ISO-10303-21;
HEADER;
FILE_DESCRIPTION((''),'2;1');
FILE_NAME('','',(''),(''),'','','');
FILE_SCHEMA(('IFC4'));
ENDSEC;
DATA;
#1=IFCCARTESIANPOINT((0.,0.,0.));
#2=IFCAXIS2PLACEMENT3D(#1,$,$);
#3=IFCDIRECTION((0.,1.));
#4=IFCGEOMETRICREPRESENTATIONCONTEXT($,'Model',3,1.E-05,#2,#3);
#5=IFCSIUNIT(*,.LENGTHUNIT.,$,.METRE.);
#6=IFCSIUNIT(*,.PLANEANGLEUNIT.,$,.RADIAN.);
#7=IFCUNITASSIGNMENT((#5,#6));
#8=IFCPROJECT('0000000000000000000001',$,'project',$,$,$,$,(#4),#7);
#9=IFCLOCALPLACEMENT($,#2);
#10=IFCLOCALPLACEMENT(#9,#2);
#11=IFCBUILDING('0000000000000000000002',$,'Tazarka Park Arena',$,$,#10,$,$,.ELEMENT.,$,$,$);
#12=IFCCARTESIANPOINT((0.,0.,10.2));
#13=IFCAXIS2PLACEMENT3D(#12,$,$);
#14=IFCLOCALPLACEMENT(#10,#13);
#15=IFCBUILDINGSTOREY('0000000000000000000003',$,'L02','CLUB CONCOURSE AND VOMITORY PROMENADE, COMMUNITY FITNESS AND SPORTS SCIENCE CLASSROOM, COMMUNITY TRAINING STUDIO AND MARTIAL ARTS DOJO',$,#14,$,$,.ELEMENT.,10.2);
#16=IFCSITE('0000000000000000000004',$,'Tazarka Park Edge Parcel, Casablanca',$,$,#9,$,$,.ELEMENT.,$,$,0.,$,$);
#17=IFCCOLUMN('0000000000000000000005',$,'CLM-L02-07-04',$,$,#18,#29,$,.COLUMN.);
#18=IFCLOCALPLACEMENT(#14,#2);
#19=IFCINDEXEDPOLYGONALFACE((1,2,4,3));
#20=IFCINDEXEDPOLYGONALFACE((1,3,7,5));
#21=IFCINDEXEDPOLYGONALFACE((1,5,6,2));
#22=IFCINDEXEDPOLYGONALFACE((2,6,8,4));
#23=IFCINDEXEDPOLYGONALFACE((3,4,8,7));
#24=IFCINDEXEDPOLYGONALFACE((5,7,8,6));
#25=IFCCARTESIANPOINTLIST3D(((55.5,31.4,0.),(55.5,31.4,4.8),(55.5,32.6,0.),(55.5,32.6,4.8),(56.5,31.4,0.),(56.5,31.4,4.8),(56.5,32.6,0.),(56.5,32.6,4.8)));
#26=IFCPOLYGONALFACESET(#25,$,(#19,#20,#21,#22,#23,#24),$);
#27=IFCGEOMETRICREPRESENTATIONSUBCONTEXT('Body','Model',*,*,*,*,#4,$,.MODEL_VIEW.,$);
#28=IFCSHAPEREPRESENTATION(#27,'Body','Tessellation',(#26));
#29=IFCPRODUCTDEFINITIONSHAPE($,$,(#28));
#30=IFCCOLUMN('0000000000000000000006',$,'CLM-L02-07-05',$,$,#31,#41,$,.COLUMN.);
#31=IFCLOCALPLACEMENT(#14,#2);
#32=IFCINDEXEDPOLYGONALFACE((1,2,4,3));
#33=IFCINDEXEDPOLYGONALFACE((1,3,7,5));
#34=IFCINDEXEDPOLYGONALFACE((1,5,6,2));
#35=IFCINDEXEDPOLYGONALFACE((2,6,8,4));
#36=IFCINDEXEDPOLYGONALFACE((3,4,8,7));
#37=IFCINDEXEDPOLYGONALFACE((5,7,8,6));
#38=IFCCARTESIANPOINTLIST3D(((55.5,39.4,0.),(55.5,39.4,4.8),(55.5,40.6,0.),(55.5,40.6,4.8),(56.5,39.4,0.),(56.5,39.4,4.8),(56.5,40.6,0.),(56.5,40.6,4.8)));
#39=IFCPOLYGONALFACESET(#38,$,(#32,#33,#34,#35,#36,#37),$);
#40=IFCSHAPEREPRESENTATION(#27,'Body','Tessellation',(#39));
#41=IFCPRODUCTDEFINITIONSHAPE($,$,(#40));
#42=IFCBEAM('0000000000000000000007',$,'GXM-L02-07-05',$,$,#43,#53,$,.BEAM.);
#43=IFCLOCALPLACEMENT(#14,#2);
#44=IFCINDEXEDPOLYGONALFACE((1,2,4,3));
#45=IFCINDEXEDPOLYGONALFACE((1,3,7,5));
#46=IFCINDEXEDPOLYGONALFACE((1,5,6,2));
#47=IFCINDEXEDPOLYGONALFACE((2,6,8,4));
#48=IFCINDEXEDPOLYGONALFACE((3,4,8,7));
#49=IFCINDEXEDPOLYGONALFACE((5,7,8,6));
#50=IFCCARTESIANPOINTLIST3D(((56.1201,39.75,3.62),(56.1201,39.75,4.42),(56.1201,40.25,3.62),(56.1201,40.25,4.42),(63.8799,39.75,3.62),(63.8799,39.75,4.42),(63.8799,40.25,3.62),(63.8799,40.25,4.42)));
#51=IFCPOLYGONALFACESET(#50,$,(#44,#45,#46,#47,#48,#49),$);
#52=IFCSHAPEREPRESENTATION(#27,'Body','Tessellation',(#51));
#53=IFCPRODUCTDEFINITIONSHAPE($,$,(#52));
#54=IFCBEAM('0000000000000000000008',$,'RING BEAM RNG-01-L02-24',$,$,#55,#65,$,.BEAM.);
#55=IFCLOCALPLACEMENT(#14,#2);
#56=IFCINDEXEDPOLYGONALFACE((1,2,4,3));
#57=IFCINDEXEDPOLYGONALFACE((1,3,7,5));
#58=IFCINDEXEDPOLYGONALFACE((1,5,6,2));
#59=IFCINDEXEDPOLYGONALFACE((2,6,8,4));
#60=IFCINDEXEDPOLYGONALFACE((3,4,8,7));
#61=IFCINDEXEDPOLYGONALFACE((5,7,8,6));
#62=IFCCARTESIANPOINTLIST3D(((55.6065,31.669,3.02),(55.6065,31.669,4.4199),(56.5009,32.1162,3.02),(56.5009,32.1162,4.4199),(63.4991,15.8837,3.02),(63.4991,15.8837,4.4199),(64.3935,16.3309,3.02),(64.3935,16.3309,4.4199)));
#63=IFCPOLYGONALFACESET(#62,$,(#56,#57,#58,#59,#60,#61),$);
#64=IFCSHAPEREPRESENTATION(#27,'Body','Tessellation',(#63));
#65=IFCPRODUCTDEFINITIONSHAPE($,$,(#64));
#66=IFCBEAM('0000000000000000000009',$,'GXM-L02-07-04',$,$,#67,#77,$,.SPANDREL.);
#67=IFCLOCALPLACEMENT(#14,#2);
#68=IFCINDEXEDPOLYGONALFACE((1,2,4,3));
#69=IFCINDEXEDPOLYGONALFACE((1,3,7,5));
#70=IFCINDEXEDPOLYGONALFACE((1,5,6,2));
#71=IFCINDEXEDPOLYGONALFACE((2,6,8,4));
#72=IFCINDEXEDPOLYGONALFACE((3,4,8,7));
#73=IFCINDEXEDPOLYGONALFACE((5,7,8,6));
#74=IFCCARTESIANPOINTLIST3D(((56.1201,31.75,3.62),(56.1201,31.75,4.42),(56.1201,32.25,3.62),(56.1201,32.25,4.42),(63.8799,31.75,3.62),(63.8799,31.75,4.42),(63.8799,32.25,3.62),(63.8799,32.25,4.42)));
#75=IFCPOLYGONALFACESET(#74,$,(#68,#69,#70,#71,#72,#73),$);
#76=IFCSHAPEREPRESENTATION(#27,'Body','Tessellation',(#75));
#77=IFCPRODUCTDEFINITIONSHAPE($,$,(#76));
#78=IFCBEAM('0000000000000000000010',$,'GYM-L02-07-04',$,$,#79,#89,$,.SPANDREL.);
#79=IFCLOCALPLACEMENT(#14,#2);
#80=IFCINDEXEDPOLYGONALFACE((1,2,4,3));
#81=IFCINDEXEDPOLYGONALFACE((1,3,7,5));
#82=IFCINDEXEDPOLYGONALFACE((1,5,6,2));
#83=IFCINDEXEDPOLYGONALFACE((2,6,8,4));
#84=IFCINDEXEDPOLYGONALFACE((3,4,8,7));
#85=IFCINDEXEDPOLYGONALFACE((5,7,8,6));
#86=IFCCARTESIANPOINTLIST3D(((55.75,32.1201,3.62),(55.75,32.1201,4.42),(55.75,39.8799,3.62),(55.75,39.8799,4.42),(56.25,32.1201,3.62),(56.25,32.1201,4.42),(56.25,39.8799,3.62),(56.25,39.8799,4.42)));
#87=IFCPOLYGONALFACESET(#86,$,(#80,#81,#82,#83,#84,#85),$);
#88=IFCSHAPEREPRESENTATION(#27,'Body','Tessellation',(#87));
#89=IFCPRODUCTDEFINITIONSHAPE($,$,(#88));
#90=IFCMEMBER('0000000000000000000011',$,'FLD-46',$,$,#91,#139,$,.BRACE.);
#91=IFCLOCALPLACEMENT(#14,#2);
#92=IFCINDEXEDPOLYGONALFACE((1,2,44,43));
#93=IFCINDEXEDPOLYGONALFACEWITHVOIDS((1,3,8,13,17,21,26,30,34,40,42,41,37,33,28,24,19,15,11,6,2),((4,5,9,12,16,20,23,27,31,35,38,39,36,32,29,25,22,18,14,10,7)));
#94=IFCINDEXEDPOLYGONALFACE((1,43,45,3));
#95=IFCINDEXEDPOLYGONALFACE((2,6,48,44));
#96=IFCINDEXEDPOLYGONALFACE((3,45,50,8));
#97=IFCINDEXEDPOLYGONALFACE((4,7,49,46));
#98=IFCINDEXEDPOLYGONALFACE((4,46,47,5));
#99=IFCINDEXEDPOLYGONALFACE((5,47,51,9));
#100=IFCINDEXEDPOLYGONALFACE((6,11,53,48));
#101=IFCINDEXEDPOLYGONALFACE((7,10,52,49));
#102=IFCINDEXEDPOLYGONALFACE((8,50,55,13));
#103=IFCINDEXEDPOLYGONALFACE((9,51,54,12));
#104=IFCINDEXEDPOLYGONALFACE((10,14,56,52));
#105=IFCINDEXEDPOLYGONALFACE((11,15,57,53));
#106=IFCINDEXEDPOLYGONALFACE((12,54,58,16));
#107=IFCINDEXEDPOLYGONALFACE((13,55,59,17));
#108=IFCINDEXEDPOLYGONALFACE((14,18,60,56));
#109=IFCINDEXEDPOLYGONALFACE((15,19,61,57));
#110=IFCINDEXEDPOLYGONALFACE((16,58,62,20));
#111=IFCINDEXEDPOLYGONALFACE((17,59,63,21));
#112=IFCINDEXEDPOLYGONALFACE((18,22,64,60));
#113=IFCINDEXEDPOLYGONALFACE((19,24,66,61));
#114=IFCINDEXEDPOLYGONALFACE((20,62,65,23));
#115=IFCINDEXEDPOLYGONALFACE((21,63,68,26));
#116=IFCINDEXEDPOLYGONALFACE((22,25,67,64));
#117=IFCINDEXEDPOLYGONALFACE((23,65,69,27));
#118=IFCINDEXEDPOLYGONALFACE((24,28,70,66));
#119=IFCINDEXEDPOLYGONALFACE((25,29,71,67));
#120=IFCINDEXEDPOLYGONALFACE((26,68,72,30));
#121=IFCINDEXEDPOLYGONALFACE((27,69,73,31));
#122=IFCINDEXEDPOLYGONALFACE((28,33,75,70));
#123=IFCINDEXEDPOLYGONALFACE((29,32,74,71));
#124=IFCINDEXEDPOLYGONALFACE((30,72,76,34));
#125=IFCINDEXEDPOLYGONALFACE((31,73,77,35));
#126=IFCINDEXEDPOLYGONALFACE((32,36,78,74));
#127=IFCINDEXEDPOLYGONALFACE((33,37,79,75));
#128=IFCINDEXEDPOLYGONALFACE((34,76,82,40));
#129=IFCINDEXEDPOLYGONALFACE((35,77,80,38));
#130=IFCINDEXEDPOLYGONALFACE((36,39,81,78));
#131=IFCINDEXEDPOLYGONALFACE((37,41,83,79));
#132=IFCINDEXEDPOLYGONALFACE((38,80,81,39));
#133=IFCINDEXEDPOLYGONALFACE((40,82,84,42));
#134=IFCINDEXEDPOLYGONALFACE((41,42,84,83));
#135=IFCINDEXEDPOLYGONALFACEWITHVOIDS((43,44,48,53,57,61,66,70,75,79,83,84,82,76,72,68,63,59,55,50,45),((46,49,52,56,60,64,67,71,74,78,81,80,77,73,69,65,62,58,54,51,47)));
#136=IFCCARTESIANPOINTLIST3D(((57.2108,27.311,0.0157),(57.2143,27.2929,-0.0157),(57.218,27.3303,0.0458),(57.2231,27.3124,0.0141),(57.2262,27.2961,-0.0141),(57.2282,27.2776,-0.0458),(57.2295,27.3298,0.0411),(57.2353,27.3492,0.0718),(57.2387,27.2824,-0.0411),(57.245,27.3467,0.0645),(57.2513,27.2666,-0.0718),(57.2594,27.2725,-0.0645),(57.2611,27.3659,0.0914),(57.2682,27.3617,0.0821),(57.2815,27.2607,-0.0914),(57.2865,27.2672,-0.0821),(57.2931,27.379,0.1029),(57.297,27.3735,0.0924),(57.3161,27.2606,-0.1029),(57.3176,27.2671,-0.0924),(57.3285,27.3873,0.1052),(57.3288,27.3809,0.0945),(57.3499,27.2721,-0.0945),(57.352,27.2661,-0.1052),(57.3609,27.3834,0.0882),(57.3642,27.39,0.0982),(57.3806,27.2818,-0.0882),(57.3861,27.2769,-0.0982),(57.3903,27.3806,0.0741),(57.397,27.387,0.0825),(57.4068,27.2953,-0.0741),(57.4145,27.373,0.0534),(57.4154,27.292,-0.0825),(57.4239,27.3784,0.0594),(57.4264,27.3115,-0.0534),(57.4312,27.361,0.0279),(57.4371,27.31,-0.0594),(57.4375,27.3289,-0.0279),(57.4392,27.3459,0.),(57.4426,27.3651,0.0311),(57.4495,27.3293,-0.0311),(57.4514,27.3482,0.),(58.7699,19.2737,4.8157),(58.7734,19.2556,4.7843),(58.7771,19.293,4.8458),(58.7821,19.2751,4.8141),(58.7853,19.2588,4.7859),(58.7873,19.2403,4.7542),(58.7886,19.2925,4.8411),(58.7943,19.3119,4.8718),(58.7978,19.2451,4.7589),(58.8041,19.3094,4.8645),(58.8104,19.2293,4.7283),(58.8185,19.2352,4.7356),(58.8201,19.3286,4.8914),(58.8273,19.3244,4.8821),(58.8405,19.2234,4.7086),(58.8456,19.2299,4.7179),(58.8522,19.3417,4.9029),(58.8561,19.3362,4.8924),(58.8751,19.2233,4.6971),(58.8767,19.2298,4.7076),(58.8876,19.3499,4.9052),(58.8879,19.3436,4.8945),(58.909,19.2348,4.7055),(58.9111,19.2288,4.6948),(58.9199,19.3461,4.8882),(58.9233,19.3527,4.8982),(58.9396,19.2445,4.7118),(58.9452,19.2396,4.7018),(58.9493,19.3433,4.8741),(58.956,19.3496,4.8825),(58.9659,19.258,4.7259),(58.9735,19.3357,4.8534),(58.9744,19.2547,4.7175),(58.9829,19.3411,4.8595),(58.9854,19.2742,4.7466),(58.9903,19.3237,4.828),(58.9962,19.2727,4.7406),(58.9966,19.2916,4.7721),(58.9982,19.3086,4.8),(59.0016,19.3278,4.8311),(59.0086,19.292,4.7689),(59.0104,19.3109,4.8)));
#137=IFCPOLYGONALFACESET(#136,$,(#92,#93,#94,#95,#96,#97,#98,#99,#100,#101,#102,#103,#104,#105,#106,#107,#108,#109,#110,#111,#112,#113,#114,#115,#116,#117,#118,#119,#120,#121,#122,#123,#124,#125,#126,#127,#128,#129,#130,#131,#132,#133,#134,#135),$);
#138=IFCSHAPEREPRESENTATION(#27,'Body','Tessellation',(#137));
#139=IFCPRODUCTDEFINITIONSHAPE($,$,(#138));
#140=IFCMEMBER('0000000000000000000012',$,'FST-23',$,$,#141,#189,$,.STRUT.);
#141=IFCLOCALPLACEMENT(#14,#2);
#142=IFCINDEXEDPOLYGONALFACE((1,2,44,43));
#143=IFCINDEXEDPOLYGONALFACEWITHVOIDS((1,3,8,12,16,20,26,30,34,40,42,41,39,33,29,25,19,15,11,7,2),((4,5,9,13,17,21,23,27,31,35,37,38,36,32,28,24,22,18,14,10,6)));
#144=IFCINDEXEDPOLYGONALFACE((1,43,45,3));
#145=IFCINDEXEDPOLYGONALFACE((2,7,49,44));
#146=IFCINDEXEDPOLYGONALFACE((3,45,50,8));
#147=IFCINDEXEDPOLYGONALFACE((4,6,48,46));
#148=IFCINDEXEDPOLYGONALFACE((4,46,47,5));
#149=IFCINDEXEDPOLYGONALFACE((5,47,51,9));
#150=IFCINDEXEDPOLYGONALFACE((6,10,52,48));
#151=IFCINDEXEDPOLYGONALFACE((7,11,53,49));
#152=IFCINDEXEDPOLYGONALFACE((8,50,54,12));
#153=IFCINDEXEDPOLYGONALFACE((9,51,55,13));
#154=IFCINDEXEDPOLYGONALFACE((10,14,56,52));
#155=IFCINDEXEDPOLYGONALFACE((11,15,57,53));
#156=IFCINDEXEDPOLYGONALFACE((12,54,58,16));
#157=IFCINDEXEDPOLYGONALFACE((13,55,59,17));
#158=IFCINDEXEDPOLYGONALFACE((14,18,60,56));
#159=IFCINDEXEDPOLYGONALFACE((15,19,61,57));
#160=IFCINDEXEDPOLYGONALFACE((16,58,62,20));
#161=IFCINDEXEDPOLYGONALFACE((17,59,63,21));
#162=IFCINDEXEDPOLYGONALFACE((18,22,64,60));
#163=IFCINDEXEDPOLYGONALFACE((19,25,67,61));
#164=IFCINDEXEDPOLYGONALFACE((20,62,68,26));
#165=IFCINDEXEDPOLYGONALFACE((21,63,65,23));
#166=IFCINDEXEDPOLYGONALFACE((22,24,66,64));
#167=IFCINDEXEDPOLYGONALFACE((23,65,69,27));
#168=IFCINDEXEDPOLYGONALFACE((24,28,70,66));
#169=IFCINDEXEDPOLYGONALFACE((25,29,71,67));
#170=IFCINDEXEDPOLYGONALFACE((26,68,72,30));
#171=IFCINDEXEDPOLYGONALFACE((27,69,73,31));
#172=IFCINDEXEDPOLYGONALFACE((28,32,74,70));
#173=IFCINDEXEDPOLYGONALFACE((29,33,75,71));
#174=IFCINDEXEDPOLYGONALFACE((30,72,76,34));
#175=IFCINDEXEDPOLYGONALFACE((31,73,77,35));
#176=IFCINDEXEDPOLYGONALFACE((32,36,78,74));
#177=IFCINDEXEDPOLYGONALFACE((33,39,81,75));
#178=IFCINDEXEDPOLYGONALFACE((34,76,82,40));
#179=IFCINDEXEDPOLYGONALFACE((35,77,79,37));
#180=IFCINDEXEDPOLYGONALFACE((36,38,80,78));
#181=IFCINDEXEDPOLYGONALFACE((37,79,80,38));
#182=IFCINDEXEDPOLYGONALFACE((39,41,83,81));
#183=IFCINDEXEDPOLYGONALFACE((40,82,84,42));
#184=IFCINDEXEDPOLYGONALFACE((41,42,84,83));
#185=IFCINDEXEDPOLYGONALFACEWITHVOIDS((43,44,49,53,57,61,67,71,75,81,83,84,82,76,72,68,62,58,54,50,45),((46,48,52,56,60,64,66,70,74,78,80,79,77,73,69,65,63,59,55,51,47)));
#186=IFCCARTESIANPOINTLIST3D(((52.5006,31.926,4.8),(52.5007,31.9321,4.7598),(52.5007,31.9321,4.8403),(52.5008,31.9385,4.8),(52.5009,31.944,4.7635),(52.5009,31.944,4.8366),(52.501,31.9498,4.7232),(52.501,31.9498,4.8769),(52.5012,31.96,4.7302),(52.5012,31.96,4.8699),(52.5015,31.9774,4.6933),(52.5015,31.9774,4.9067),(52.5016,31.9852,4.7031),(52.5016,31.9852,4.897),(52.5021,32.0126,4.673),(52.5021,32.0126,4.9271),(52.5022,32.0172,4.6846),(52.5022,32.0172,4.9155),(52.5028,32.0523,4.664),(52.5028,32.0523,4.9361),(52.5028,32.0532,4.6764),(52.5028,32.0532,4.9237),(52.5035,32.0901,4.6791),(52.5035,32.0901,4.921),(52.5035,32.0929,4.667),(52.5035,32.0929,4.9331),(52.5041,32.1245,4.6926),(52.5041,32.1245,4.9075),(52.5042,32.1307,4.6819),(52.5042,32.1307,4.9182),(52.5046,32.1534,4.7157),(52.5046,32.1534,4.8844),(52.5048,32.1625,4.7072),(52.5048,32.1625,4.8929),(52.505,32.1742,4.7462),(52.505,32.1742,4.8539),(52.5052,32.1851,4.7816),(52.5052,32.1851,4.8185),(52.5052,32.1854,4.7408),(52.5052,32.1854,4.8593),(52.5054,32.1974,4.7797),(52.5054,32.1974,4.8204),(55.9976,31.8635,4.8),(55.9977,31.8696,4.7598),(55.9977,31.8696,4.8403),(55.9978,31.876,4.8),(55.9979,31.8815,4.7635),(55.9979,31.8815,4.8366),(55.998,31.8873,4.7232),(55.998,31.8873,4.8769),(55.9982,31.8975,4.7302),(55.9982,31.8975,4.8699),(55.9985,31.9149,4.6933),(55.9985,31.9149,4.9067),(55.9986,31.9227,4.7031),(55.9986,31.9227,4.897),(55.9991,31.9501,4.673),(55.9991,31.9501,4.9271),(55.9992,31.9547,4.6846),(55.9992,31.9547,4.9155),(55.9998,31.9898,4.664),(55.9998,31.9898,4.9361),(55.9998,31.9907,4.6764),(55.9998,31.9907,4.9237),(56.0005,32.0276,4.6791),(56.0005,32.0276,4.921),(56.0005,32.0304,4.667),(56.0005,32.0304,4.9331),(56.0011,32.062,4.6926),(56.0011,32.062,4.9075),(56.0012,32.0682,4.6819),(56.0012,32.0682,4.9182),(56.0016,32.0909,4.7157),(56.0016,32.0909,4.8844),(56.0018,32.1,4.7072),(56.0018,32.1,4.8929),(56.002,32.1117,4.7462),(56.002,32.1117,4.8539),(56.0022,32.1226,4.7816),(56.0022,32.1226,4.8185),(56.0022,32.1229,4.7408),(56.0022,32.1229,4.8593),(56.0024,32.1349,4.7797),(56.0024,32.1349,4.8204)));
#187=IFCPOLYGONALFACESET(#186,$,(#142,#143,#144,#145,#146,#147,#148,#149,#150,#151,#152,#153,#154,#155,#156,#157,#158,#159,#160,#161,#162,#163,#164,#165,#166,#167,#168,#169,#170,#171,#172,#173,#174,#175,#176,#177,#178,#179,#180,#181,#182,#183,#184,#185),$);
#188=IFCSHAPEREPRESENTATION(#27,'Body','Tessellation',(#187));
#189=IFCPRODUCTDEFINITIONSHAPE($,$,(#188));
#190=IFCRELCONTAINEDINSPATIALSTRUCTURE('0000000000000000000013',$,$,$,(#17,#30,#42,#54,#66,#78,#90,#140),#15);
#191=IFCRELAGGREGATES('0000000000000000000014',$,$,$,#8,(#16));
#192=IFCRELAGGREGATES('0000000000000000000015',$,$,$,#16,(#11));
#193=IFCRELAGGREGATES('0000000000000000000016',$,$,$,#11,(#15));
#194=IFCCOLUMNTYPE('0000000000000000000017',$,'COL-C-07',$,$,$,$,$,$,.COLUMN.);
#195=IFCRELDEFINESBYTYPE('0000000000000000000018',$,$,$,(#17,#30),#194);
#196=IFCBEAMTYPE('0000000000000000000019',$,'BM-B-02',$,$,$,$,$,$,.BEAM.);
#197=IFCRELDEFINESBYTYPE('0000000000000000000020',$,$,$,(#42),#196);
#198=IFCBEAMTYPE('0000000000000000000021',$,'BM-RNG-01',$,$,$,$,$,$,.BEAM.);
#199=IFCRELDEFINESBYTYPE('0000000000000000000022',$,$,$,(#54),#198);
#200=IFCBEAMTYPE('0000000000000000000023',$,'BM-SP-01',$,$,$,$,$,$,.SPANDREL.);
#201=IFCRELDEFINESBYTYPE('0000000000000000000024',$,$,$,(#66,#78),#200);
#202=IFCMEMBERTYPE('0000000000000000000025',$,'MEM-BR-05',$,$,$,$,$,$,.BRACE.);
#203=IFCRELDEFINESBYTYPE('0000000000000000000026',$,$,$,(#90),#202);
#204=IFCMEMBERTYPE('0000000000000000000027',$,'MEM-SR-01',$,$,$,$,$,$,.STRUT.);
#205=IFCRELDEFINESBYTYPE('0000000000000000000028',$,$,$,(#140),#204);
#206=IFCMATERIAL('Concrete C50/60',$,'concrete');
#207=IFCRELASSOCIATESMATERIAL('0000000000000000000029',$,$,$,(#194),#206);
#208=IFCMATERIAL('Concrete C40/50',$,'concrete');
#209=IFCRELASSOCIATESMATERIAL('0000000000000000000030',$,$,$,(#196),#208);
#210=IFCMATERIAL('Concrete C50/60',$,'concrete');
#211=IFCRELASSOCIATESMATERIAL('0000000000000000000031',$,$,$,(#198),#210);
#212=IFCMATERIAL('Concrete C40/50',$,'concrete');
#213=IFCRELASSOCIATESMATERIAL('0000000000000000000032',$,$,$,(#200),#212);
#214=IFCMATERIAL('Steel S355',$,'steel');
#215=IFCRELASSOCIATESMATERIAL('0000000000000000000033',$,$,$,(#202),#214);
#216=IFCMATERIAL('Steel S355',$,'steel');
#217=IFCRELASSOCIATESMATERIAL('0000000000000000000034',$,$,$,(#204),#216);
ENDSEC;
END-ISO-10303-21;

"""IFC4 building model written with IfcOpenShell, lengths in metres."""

from ifc_helpers import new_model, si_unit, direction, frame, origin, origin_2d, place, context, subcontext, project, spatial, rectangle, hollow_circle, extrude, material, material_profile, profile_set, type_object, element, save


model = new_model("IFC4")

# Units and contexts
model_context = context("Model", 3, precision=1e-05, world=origin(), true_north=direction((0.0, 1.0)))
body_context = subcontext(model_context, "Body", "Model", "MODEL_VIEW")
ifc_project = project(units=[si_unit("LENGTHUNIT", "METRE"), si_unit("PLANEANGLEUNIT", "RADIAN")], contexts=[model_context])

# Site, building, storey
site_placement = place(None, origin())
site = spatial("IfcSite", under=ifc_project, at=site_placement, Name="Tazarka Park Edge Parcel, Casablanca", CompositionType="ELEMENT", RefElevation=0.0)
building_placement = place(site_placement, origin())
building = spatial("IfcBuilding", under=site, at=building_placement, Name="Tazarka Park Arena", CompositionType="ELEMENT")
storey_placement = place(building_placement, frame((0.0, 0.0, 10.2)))
storey = spatial("IfcBuildingStorey", under=building, at=storey_placement, Name="L02", Description="CLUB CONCOURSE AND VOMITORY PROMENADE, COMMUNITY FITNESS AND SPORTS SCIENCE CLASSROOM, COMMUNITY TRAINING STUDIO AND MARTIAL ARTS DOJO", CompositionType="ELEMENT", Elevation=10.2)

# Columns
ifc_material_1 = material(Name="Concrete C50/60", Category="concrete")
ifc_material_profile_1 = material_profile(ifc_material_1, rectangle(XDim=1.0, YDim=1.2, at=origin_2d()), Name="Concrete C50/60")
ifc_profile_set_1 = profile_set([ifc_material_profile_1], Name="Concrete C50/60")
column_type = type_object("IfcColumnType", Name="COL-C-07", PredefinedType="COLUMN", material=ifc_profile_set_1)
for number, where, z_axis, x_axis, name in (
    (1, (56.0, 32.0, 0.0), (0.0, 0.0, 1.0), (1.0, 0.0, 0.0), "CLM-L02-07-04"),
    (2, (56.0, 40.0, 0.0), (0.0, 0.0, 1.0), (1.0, 0.0, 0.0), "CLM-L02-07-05"),
):
    element("IfcColumn", number, at=place(storey_placement, frame(where, z_axis=z_axis, x_axis=x_axis)), inside=storey, type_object=column_type, Name=name, PredefinedType="COLUMN", context=body_context, shape_type="SweptSolid", body=[
        extrude(rectangle(XDim=1.0, YDim=1.2, at=origin_2d()), origin(), (0.0, 0.0, 1.0), 4.8),
    ])

# Beams
ifc_material_2 = material(Name="Concrete C40/50", Category="concrete")
ifc_material_profile_2 = material_profile(ifc_material_2, rectangle(XDim=0.5, YDim=0.8, at=origin_2d()), Name="Concrete C40/50")
ifc_profile_set_2 = profile_set([ifc_material_profile_2], Name="Concrete C40/50")
beam_type_1 = type_object("IfcBeamType", Name="BM-B-02", PredefinedType="BEAM", material=ifc_profile_set_2)
beam_1_placement = place(storey_placement, frame((56.1201, 40.0, 4.02), z_axis=(1.0, 0.0, 0.0), x_axis=(0.0, 1.0, 0.0)))
element("IfcBeam", 3, at=beam_1_placement, inside=storey, type_object=beam_type_1, Name="GXM-L02-07-05", PredefinedType="BEAM", context=body_context, shape_type="SweptSolid", body=[
    extrude(rectangle(XDim=0.5, YDim=0.8, at=origin_2d()), origin(), (0.0, 0.0, 1.0), 7.7598),
])
ifc_material_3 = material(Name="Concrete C50/60", Category="concrete")
ifc_material_profile_3 = material_profile(ifc_material_3, rectangle(XDim=1.0, YDim=1.3999, at=origin_2d()), Name="Concrete C50/60")
ifc_profile_set_3 = profile_set([ifc_material_profile_3], Name="Concrete C50/60")
beam_type_2 = type_object("IfcBeamType", Name="BM-RNG-01", PredefinedType="BEAM", material=ifc_profile_set_3)
beam_2_placement = place(storey_placement, frame((56.0537, 31.8926, 3.72), z_axis=(0.447214, -0.894427, 0.0), x_axis=(0.894427, 0.447214, 0.0)))
element("IfcBeam", 4, at=beam_2_placement, inside=storey, type_object=beam_type_2, Name="RING BEAM RNG-01-L02-24", PredefinedType="BEAM", context=body_context, shape_type="SweptSolid", body=[
    extrude(rectangle(XDim=1.0, YDim=1.3999, at=origin_2d()), origin(), (0.0, 0.0, 1.0), 17.6484),
])
ifc_material_4 = material(Name="Concrete C40/50", Category="concrete")
ifc_material_profile_4 = material_profile(ifc_material_4, rectangle(XDim=0.5, YDim=0.8, at=origin_2d()), Name="Concrete C40/50")
ifc_profile_set_4 = profile_set([ifc_material_profile_4], Name="Concrete C40/50")
beam_type_3 = type_object("IfcBeamType", Name="BM-SP-01", PredefinedType="SPANDREL", material=ifc_profile_set_4)
for number, where, z_axis, x_axis, name in (
    (5, (56.1201, 32.0, 4.02), (1.0, 0.0, 0.0), (0.0, 1.0, 0.0), "GXM-L02-07-04"),
    (6, (56.0, 32.1201, 4.02), (0.0, 1.0, 0.0), (-1.0, 0.0, 0.0), "GYM-L02-07-04"),
):
    element("IfcBeam", number, at=place(storey_placement, frame(where, z_axis=z_axis, x_axis=x_axis)), inside=storey, type_object=beam_type_3, Name=name, PredefinedType="SPANDREL", context=body_context, shape_type="SweptSolid", body=[
        extrude(rectangle(XDim=0.5, YDim=0.8, at=origin_2d()), origin(), (0.0, 0.0, 1.0), 7.7598),
    ])

# Members
ifc_material_5 = material(Name="Steel S355", Category="steel")
ifc_material_profile_5 = material_profile(ifc_material_5, hollow_circle(Radius=0.1223, WallThickness=0.0125, at=origin_2d()), Name="Steel S355")
ifc_profile_set_5 = profile_set([ifc_material_profile_5], Name="Steel S355")
member_type_1 = type_object("IfcMemberType", Name="MEM-BR-05", PredefinedType="BRACE", material=ifc_profile_set_5)
member_1_placement = place(storey_placement, frame((57.3313, 27.325, 0.0), z_axis=(0.164278, -0.846881, 0.505772), x_axis=(0.981701, 0.19043, 0.0)))
element("IfcMember", 7, at=member_1_placement, inside=storey, type_object=member_type_1, Name="FLD-46", PredefinedType="BRACE", context=body_context, shape_type="SweptSolid", body=[
    extrude(hollow_circle(Radius=0.1223, WallThickness=0.0125, at=origin_2d()), origin(), (0.0, 0.0, 1.0), 9.4905),
])
ifc_material_6 = material(Name="Steel S355", Category="steel")
ifc_material_profile_6 = material_profile(ifc_material_6, hollow_circle(Radius=0.1365, WallThickness=0.0125, at=origin_2d()), Name="Steel S355")
ifc_profile_set_6 = profile_set([ifc_material_profile_6], Name="Steel S355")
member_type_2 = type_object("IfcMemberType", Name="MEM-SR-01", PredefinedType="STRUT", material=ifc_profile_set_6)
member_2_placement = place(storey_placement, frame((56.0, 32.0, 4.8), z_axis=(-0.99984, 0.017869, 0.0), x_axis=(-0.017869, -0.99984, 0.0)))
element("IfcMember", 8, at=member_2_placement, inside=storey, type_object=member_type_2, Name="FST-23", PredefinedType="STRUT", context=body_context, shape_type="SweptSolid", body=[
    extrude(hollow_circle(Radius=0.1365, WallThickness=0.0125, at=origin_2d()), origin(), (0.0, 0.0, 1.0), 3.4976),
])

save(model, "model.ifc")
